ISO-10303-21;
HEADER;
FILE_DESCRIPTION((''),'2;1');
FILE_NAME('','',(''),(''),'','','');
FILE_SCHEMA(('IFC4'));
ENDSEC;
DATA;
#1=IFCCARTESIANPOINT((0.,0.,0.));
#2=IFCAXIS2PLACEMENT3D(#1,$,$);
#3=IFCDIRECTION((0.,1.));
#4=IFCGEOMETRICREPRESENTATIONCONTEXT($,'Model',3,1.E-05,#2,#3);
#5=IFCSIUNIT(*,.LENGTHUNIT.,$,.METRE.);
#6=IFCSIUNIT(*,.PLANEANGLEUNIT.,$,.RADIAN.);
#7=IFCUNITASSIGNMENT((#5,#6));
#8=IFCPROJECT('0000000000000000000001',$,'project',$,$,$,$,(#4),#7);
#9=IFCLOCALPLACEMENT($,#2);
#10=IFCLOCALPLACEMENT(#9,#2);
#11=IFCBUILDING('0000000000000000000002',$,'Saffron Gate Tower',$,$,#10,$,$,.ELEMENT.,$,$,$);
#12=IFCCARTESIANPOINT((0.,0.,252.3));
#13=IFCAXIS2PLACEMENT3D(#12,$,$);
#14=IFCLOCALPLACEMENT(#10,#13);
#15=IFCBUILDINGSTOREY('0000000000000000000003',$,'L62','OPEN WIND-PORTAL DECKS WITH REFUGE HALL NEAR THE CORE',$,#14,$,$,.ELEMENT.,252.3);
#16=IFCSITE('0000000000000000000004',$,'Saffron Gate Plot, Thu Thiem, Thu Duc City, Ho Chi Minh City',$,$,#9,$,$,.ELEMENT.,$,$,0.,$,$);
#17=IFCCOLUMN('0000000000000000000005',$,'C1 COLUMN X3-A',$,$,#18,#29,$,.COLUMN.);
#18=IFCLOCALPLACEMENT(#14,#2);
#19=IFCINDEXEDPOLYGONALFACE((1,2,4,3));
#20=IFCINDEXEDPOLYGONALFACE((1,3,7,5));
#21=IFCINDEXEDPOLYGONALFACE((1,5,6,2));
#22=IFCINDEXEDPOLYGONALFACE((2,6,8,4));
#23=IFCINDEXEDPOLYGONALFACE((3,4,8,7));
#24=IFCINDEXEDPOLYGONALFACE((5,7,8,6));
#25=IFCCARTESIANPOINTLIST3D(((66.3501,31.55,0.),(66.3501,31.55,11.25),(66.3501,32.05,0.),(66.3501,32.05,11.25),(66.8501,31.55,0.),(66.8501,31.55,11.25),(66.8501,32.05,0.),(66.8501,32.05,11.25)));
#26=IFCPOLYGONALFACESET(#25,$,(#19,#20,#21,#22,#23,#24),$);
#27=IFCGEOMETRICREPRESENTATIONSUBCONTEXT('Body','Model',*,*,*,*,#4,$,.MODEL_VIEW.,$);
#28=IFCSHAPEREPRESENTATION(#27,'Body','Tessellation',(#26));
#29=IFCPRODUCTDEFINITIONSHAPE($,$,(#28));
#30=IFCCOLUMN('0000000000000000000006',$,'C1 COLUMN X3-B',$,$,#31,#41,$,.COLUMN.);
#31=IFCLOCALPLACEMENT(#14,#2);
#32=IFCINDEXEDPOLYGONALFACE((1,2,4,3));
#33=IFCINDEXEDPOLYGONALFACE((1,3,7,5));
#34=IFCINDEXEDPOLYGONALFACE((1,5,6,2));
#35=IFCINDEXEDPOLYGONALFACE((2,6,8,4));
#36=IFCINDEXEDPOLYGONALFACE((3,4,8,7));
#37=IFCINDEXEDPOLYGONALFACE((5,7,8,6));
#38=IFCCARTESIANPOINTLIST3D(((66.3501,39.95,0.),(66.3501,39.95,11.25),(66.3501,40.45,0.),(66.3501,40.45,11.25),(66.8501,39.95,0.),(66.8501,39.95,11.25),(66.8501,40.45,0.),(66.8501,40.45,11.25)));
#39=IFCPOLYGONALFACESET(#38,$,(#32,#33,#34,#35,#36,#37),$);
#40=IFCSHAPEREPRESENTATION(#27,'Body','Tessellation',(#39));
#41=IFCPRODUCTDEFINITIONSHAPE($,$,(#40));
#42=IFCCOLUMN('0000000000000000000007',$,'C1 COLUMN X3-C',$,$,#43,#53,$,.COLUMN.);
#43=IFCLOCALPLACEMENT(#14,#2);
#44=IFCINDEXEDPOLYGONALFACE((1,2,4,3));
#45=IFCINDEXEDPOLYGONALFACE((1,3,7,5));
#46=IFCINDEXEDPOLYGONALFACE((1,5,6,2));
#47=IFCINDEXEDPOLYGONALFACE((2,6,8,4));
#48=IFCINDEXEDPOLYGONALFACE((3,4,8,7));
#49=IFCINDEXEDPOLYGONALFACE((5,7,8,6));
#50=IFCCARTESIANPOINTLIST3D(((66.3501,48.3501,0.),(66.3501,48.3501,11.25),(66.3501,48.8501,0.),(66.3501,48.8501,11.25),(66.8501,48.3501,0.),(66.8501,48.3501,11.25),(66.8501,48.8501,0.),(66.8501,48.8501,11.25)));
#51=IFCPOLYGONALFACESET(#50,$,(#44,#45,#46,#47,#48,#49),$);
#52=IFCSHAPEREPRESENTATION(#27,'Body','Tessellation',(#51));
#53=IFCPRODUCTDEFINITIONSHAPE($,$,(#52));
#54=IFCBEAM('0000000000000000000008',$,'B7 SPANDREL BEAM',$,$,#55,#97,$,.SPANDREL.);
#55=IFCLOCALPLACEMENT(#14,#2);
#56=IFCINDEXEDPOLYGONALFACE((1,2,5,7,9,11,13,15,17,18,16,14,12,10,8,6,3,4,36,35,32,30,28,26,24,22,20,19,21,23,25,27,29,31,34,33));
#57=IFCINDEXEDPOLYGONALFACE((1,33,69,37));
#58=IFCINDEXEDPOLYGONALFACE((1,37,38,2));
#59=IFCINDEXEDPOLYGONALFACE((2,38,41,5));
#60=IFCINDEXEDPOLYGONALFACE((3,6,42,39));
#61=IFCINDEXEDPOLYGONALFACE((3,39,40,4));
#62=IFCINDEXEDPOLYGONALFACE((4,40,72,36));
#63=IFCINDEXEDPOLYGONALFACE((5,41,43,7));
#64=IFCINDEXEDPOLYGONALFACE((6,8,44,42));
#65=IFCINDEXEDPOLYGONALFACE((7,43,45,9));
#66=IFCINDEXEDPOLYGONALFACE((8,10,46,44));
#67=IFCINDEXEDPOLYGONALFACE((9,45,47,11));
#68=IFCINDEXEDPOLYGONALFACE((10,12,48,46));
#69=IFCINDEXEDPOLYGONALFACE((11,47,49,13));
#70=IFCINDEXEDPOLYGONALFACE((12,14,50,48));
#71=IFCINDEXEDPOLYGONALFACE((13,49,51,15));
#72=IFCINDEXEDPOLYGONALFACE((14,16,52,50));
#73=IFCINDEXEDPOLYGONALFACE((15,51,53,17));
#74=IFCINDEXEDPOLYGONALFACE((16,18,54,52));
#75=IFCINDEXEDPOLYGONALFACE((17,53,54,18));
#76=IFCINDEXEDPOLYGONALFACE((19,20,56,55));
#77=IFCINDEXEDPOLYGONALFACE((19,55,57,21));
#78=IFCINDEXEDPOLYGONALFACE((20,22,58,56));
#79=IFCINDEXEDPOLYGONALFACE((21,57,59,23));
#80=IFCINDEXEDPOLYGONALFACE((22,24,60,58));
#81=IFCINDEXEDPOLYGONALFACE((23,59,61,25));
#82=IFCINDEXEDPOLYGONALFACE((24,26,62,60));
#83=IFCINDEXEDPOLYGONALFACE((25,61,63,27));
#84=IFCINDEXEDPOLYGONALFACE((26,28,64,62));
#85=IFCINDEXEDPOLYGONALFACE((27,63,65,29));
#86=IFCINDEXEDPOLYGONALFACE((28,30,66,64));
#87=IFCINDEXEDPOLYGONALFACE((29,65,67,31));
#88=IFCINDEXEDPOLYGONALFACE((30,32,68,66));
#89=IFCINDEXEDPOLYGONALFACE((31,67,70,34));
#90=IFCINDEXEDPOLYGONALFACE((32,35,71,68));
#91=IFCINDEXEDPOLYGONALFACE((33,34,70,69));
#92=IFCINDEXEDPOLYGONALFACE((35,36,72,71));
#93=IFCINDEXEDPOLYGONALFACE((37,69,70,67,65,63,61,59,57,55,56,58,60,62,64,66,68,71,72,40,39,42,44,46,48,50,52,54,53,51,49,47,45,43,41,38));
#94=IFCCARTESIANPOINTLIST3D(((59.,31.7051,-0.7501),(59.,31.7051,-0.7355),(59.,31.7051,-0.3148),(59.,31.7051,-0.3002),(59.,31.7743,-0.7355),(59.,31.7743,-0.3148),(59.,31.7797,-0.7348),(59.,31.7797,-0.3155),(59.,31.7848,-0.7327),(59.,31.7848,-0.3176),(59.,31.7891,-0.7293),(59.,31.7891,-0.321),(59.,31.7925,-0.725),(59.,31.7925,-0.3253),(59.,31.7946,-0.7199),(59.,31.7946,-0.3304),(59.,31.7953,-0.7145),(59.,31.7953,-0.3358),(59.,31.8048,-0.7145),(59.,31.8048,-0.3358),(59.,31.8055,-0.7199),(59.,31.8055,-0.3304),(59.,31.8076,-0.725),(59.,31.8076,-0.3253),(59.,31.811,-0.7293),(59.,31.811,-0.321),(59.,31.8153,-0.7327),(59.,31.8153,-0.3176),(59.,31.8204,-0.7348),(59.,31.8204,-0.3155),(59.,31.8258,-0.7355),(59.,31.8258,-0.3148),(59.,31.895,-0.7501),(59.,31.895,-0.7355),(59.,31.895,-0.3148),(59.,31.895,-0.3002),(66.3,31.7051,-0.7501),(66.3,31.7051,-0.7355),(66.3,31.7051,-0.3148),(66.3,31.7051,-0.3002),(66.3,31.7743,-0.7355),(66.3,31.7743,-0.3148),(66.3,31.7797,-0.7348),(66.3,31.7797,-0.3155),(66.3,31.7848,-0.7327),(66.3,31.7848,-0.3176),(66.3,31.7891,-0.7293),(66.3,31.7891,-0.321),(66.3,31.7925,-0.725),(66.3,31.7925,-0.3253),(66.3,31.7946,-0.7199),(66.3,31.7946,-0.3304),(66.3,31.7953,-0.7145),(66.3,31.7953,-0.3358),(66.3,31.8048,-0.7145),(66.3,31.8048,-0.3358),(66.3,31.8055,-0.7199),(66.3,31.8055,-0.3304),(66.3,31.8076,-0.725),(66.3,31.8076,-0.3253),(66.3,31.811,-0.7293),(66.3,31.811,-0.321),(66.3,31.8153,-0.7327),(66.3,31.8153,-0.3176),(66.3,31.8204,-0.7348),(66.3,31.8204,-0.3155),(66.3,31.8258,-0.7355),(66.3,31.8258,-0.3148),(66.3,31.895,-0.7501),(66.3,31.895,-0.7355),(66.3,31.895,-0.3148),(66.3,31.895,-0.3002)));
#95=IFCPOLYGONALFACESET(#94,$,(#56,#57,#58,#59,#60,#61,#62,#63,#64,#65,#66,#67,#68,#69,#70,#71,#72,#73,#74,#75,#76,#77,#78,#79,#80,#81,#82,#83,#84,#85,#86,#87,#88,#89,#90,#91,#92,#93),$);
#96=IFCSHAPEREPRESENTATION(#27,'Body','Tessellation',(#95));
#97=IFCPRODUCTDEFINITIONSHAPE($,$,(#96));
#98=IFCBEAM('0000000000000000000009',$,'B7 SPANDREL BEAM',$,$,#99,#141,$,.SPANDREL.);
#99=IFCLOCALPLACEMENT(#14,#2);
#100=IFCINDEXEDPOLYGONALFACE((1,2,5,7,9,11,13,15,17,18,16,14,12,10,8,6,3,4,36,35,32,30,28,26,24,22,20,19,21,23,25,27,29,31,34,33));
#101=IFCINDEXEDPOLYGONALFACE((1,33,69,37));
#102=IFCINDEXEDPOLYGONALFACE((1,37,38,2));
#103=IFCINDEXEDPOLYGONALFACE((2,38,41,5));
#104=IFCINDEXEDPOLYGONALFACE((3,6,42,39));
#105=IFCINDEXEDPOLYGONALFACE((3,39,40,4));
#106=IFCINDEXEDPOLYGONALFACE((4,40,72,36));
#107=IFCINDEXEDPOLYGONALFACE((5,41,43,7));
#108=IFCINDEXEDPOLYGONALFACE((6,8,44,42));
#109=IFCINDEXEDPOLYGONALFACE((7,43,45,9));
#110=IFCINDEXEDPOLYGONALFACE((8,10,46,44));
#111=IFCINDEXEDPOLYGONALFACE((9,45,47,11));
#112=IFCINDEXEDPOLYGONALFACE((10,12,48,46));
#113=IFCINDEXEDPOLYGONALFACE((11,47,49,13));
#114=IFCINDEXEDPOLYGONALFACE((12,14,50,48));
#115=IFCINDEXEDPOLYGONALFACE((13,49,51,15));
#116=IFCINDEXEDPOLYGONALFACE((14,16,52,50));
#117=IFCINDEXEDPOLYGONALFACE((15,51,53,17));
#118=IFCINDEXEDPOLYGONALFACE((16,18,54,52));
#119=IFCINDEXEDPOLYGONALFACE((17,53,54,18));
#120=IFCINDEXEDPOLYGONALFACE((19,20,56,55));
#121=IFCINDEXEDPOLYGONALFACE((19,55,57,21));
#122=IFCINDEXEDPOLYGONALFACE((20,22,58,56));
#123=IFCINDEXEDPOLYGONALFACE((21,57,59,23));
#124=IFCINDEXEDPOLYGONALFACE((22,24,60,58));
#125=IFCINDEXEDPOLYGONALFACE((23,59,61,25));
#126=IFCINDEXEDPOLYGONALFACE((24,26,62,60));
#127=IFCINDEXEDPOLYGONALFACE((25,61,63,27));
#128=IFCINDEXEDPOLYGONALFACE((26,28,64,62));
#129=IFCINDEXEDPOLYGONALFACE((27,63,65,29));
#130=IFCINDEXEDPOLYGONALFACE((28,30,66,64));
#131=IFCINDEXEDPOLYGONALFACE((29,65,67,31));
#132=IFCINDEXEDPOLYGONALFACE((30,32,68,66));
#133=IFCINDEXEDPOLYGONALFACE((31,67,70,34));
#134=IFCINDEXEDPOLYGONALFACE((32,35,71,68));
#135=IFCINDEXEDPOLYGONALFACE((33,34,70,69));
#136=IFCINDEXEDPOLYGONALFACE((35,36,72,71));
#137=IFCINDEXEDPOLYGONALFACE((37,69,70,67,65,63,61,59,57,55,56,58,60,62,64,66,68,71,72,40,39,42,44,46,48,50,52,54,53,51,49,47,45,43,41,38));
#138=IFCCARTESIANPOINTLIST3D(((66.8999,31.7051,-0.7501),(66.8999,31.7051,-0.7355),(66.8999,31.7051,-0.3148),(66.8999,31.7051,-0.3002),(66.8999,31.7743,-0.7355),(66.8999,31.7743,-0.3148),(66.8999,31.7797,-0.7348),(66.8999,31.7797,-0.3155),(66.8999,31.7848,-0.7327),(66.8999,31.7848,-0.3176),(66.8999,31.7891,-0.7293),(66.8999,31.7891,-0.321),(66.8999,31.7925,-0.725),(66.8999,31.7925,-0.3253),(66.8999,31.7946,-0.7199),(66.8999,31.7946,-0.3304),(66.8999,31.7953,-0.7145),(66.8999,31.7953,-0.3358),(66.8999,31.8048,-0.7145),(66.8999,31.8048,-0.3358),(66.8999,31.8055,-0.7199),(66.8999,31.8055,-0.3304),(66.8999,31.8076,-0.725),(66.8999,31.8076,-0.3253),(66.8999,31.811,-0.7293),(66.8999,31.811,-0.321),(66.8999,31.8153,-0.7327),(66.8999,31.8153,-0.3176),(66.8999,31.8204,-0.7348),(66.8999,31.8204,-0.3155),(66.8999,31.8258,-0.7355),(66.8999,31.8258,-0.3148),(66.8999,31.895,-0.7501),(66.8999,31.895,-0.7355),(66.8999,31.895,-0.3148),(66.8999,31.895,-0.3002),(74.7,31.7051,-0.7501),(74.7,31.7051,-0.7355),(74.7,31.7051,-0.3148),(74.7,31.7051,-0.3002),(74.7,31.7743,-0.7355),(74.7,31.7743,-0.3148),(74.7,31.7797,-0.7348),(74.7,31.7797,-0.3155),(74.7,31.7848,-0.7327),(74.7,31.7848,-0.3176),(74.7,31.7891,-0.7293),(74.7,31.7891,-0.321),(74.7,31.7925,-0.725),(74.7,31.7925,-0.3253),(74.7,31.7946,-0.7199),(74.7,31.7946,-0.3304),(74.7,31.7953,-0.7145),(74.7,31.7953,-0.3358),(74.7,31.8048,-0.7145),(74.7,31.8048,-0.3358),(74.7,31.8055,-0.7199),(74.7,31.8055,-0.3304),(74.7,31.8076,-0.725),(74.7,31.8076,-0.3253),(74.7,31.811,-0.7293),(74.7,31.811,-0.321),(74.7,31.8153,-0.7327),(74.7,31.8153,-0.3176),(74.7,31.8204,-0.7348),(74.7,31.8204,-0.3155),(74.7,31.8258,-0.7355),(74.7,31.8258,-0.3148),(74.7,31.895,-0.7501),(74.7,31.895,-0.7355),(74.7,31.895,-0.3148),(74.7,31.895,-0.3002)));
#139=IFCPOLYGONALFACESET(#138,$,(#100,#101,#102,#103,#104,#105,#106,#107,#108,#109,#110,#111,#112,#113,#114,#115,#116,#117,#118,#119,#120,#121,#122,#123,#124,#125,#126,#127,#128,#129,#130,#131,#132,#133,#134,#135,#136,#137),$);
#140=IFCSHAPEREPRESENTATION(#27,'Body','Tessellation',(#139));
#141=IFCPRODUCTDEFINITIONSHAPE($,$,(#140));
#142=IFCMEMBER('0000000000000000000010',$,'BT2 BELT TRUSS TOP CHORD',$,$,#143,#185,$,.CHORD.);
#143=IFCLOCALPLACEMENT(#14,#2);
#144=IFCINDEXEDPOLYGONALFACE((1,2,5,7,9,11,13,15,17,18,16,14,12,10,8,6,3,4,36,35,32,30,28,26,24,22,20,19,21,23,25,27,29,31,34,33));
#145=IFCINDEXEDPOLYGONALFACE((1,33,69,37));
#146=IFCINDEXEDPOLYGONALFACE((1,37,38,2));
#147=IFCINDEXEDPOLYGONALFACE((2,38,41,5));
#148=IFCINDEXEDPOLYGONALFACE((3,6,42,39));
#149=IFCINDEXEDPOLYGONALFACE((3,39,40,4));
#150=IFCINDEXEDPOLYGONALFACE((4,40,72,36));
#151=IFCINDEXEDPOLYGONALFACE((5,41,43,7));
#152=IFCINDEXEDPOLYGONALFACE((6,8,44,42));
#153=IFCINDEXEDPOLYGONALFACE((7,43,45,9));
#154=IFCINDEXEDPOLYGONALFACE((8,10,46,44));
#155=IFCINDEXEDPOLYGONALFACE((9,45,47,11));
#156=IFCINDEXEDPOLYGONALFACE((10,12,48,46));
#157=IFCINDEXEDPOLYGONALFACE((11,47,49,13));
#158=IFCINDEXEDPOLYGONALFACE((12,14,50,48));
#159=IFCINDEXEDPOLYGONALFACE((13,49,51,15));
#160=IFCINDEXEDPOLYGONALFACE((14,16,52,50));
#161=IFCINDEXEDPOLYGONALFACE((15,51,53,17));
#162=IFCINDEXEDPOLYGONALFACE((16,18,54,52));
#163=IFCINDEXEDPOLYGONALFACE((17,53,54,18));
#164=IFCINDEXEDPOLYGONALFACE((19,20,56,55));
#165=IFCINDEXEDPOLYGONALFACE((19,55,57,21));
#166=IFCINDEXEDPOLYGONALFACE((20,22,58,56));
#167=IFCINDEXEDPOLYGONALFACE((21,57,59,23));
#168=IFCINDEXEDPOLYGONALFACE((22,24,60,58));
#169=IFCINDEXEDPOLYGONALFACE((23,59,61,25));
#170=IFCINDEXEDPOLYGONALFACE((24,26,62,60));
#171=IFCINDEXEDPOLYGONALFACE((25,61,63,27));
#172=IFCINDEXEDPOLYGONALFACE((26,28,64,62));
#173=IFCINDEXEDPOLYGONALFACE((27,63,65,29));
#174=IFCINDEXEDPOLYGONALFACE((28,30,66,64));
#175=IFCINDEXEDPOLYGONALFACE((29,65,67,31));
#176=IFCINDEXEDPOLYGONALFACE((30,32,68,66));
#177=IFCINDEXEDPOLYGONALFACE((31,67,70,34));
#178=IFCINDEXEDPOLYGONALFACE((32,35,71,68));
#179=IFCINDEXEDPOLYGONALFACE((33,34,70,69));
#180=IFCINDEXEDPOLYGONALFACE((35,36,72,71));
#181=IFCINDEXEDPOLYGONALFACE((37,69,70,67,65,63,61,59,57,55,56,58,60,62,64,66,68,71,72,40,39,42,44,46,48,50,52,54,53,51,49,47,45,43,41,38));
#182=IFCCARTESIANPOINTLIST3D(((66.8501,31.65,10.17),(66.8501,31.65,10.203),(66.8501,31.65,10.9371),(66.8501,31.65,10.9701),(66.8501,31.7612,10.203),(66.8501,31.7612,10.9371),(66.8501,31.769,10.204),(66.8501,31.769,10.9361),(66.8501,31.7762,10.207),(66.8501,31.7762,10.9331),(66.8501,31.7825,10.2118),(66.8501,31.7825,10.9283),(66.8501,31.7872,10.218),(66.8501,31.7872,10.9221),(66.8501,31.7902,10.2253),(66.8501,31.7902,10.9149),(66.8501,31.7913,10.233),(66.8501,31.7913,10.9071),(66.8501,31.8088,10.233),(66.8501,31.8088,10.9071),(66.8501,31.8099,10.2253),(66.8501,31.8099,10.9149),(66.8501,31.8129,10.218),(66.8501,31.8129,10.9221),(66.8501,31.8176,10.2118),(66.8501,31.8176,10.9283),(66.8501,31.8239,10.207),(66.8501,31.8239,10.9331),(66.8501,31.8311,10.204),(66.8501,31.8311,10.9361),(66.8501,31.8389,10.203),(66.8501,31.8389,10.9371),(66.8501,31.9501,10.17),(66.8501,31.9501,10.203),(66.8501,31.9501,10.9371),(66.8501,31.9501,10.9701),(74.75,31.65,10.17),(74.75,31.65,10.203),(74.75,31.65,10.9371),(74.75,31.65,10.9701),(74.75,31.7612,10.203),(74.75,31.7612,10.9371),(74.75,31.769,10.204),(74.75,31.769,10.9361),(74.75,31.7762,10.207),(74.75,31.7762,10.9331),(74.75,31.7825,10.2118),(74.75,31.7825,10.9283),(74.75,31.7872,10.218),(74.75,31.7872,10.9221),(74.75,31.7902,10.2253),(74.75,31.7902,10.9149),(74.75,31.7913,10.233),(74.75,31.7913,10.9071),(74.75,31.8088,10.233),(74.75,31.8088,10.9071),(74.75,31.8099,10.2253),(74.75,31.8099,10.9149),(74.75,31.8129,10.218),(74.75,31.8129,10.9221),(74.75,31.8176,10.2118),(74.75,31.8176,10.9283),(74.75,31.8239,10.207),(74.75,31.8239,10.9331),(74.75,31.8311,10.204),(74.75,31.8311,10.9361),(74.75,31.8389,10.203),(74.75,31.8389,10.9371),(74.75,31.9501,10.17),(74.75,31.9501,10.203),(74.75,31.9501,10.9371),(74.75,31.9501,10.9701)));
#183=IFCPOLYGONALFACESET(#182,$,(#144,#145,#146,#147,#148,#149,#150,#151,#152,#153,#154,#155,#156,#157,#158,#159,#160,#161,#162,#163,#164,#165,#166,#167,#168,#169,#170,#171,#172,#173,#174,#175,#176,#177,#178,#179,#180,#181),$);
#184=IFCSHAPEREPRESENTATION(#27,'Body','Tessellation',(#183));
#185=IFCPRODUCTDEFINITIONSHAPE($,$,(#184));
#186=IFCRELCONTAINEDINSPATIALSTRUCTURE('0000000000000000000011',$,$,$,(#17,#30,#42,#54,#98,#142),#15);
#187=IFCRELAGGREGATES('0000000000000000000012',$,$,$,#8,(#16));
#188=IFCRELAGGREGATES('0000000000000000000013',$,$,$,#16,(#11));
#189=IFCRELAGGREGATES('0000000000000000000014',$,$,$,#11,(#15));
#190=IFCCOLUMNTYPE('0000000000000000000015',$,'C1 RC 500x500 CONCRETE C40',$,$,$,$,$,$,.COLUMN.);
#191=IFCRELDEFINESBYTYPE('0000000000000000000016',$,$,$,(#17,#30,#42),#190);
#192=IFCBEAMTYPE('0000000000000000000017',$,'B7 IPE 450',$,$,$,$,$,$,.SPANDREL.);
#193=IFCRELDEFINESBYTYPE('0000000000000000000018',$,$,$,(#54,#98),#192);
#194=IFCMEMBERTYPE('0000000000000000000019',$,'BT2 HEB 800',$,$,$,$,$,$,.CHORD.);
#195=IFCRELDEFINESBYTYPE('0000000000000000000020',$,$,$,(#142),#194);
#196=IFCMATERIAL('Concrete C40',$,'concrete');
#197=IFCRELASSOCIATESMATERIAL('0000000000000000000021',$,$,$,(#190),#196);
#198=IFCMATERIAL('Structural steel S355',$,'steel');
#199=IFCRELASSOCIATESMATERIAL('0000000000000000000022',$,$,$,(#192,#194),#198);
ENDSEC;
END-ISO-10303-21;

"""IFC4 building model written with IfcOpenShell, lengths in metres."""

from ifc_helpers import new_model, si_unit, direction, frame, origin, origin_2d, place, context, subcontext, project, spatial, rectangle, i_section, extrude, material, material_profile, profile_set, type_object, element, save


model = new_model("IFC4")

# Units and contexts
model_context = context("Model", 3, precision=1e-05, world=origin(), true_north=direction((0.0, 1.0)))
body_context = subcontext(model_context, "Body", "Model", "MODEL_VIEW")
ifc_project = project(units=[si_unit("LENGTHUNIT", "METRE"), si_unit("PLANEANGLEUNIT", "RADIAN")], contexts=[model_context])

# Site, building, storey
site_placement = place(None, origin())
site = spatial("IfcSite", under=ifc_project, at=site_placement, Name="Saffron Gate Plot, Thu Thiem, Thu Duc City, Ho Chi Minh City", CompositionType="ELEMENT", RefElevation=0.0)
building_placement = place(site_placement, origin())
building = spatial("IfcBuilding", under=site, at=building_placement, Name="Saffron Gate Tower", CompositionType="ELEMENT")
storey_placement = place(building_placement, frame((0.0, 0.0, 252.3)))
storey = spatial("IfcBuildingStorey", under=building, at=storey_placement, Name="L62", Description="OPEN WIND-PORTAL DECKS WITH REFUGE HALL NEAR THE CORE", CompositionType="ELEMENT", Elevation=252.3)

# Columns
ifc_material_1 = material(Name="Concrete C40", Category="concrete")
ifc_material_profile_1 = material_profile(ifc_material_1, rectangle(XDim=0.5, YDim=0.5, at=origin_2d()))
ifc_profile_set_1 = profile_set([ifc_material_profile_1], Name="Concrete C40")
column_type = type_object("IfcColumnType", Name="C1 RC 500x500 CONCRETE C40", PredefinedType="COLUMN", material=ifc_profile_set_1)
for number, where, z_axis, x_axis, name in (
    (1, (66.6001, 31.8, 0.0), (0.0, 0.0, 1.0), (1.0, 0.0, 0.0), "C1 COLUMN X3-A"),
    (2, (66.6001, 40.2, 0.0), (0.0, 0.0, 1.0), (1.0, 0.0, 0.0), "C1 COLUMN X3-B"),
    (3, (66.6001, 48.6001, 0.0), (0.0, 0.0, 1.0), (1.0, 0.0, 0.0), "C1 COLUMN X3-C"),
):
    element("IfcColumn", number, at=place(storey_placement, frame(where, z_axis=z_axis, x_axis=x_axis)), inside=storey, type_object=column_type, Name=name, PredefinedType="COLUMN", context=body_context, shape_type="SweptSolid", body=[
        extrude(rectangle(XDim=0.5, YDim=0.5, at=origin_2d()), origin(), (0.0, 0.0, 1.0), 11.25),
    ])

# Beams
ifc_material_2 = material(Name="Structural steel S355", Category="steel")
ifc_material_profile_2 = material_profile(ifc_material_2, i_section(OverallWidth=0.1899, OverallDepth=0.45, WebThickness=0.0095, FlangeThickness=0.0146, FilletRadius=0.021, at=origin_2d()))
ifc_profile_set_2 = profile_set([ifc_material_profile_2], Name="Structural steel S355")
beam_type_1 = type_object("IfcBeamType", Name="B7 IPE 450", PredefinedType="SPANDREL", material=ifc_profile_set_2)
beam_1_placement = place(storey_placement, frame((59.0, 31.8, -0.5251), z_axis=(1.0, 0.0, 0.0), x_axis=(0.0, 1.0, 0.0)))
element("IfcBeam", 4, at=beam_1_placement, inside=storey, type_object=beam_type_1, Name="B7 SPANDREL BEAM", PredefinedType="SPANDREL", context=body_context, shape_type="SweptSolid", body=[
    extrude(i_section(OverallWidth=0.1899, OverallDepth=0.45, WebThickness=0.0095, FlangeThickness=0.0146, FilletRadius=0.021, at=origin_2d()), origin(), (0.0, 0.0, 1.0), 7.3),
])
beam_2_placement = place(storey_placement, frame((66.8999, 31.8, -0.5251), z_axis=(1.0, 0.0, 0.0), x_axis=(0.0, 1.0, 0.0)))
element("IfcBeam", 5, at=beam_2_placement, inside=storey, type_object=beam_type_1, Name="B7 SPANDREL BEAM", PredefinedType="SPANDREL", context=body_context, shape_type="SweptSolid", body=[
    extrude(i_section(OverallWidth=0.1899, OverallDepth=0.45, WebThickness=0.0095, FlangeThickness=0.0146, FilletRadius=0.021, at=origin_2d()), origin(), (0.0, 0.0, 1.0), 7.8),
])

# Member
ifc_material_profile_3 = material_profile(ifc_material_2, i_section(OverallWidth=0.3, OverallDepth=0.8, WebThickness=0.0176, FlangeThickness=0.033, FilletRadius=0.03, at=origin_2d()))
ifc_profile_set_3 = profile_set([ifc_material_profile_3], Name="Structural steel S355")
member_type_1 = type_object("IfcMemberType", Name="BT2 HEB 800", PredefinedType="CHORD", material=ifc_profile_set_3)
for number, where, z_axis, x_axis, name in (
    (6, (66.8501, 31.8, 10.5701), (1.0, 0.0, 0.0), (0.0, 1.0, 0.0), "BT2 BELT TRUSS TOP CHORD"),
):
    element("IfcMember", number, at=place(storey_placement, frame(where, z_axis=z_axis, x_axis=x_axis)), inside=storey, type_object=member_type_1, Name=name, PredefinedType="CHORD", context=body_context, shape_type="SweptSolid", body=[
        extrude(i_section(OverallWidth=0.3, OverallDepth=0.8, WebThickness=0.0176, FlangeThickness=0.033, FilletRadius=0.03, at=origin_2d()), origin(), (0.0, 0.0, 1.0), 7.8999),
    ])

save(model, "model.ifc")
